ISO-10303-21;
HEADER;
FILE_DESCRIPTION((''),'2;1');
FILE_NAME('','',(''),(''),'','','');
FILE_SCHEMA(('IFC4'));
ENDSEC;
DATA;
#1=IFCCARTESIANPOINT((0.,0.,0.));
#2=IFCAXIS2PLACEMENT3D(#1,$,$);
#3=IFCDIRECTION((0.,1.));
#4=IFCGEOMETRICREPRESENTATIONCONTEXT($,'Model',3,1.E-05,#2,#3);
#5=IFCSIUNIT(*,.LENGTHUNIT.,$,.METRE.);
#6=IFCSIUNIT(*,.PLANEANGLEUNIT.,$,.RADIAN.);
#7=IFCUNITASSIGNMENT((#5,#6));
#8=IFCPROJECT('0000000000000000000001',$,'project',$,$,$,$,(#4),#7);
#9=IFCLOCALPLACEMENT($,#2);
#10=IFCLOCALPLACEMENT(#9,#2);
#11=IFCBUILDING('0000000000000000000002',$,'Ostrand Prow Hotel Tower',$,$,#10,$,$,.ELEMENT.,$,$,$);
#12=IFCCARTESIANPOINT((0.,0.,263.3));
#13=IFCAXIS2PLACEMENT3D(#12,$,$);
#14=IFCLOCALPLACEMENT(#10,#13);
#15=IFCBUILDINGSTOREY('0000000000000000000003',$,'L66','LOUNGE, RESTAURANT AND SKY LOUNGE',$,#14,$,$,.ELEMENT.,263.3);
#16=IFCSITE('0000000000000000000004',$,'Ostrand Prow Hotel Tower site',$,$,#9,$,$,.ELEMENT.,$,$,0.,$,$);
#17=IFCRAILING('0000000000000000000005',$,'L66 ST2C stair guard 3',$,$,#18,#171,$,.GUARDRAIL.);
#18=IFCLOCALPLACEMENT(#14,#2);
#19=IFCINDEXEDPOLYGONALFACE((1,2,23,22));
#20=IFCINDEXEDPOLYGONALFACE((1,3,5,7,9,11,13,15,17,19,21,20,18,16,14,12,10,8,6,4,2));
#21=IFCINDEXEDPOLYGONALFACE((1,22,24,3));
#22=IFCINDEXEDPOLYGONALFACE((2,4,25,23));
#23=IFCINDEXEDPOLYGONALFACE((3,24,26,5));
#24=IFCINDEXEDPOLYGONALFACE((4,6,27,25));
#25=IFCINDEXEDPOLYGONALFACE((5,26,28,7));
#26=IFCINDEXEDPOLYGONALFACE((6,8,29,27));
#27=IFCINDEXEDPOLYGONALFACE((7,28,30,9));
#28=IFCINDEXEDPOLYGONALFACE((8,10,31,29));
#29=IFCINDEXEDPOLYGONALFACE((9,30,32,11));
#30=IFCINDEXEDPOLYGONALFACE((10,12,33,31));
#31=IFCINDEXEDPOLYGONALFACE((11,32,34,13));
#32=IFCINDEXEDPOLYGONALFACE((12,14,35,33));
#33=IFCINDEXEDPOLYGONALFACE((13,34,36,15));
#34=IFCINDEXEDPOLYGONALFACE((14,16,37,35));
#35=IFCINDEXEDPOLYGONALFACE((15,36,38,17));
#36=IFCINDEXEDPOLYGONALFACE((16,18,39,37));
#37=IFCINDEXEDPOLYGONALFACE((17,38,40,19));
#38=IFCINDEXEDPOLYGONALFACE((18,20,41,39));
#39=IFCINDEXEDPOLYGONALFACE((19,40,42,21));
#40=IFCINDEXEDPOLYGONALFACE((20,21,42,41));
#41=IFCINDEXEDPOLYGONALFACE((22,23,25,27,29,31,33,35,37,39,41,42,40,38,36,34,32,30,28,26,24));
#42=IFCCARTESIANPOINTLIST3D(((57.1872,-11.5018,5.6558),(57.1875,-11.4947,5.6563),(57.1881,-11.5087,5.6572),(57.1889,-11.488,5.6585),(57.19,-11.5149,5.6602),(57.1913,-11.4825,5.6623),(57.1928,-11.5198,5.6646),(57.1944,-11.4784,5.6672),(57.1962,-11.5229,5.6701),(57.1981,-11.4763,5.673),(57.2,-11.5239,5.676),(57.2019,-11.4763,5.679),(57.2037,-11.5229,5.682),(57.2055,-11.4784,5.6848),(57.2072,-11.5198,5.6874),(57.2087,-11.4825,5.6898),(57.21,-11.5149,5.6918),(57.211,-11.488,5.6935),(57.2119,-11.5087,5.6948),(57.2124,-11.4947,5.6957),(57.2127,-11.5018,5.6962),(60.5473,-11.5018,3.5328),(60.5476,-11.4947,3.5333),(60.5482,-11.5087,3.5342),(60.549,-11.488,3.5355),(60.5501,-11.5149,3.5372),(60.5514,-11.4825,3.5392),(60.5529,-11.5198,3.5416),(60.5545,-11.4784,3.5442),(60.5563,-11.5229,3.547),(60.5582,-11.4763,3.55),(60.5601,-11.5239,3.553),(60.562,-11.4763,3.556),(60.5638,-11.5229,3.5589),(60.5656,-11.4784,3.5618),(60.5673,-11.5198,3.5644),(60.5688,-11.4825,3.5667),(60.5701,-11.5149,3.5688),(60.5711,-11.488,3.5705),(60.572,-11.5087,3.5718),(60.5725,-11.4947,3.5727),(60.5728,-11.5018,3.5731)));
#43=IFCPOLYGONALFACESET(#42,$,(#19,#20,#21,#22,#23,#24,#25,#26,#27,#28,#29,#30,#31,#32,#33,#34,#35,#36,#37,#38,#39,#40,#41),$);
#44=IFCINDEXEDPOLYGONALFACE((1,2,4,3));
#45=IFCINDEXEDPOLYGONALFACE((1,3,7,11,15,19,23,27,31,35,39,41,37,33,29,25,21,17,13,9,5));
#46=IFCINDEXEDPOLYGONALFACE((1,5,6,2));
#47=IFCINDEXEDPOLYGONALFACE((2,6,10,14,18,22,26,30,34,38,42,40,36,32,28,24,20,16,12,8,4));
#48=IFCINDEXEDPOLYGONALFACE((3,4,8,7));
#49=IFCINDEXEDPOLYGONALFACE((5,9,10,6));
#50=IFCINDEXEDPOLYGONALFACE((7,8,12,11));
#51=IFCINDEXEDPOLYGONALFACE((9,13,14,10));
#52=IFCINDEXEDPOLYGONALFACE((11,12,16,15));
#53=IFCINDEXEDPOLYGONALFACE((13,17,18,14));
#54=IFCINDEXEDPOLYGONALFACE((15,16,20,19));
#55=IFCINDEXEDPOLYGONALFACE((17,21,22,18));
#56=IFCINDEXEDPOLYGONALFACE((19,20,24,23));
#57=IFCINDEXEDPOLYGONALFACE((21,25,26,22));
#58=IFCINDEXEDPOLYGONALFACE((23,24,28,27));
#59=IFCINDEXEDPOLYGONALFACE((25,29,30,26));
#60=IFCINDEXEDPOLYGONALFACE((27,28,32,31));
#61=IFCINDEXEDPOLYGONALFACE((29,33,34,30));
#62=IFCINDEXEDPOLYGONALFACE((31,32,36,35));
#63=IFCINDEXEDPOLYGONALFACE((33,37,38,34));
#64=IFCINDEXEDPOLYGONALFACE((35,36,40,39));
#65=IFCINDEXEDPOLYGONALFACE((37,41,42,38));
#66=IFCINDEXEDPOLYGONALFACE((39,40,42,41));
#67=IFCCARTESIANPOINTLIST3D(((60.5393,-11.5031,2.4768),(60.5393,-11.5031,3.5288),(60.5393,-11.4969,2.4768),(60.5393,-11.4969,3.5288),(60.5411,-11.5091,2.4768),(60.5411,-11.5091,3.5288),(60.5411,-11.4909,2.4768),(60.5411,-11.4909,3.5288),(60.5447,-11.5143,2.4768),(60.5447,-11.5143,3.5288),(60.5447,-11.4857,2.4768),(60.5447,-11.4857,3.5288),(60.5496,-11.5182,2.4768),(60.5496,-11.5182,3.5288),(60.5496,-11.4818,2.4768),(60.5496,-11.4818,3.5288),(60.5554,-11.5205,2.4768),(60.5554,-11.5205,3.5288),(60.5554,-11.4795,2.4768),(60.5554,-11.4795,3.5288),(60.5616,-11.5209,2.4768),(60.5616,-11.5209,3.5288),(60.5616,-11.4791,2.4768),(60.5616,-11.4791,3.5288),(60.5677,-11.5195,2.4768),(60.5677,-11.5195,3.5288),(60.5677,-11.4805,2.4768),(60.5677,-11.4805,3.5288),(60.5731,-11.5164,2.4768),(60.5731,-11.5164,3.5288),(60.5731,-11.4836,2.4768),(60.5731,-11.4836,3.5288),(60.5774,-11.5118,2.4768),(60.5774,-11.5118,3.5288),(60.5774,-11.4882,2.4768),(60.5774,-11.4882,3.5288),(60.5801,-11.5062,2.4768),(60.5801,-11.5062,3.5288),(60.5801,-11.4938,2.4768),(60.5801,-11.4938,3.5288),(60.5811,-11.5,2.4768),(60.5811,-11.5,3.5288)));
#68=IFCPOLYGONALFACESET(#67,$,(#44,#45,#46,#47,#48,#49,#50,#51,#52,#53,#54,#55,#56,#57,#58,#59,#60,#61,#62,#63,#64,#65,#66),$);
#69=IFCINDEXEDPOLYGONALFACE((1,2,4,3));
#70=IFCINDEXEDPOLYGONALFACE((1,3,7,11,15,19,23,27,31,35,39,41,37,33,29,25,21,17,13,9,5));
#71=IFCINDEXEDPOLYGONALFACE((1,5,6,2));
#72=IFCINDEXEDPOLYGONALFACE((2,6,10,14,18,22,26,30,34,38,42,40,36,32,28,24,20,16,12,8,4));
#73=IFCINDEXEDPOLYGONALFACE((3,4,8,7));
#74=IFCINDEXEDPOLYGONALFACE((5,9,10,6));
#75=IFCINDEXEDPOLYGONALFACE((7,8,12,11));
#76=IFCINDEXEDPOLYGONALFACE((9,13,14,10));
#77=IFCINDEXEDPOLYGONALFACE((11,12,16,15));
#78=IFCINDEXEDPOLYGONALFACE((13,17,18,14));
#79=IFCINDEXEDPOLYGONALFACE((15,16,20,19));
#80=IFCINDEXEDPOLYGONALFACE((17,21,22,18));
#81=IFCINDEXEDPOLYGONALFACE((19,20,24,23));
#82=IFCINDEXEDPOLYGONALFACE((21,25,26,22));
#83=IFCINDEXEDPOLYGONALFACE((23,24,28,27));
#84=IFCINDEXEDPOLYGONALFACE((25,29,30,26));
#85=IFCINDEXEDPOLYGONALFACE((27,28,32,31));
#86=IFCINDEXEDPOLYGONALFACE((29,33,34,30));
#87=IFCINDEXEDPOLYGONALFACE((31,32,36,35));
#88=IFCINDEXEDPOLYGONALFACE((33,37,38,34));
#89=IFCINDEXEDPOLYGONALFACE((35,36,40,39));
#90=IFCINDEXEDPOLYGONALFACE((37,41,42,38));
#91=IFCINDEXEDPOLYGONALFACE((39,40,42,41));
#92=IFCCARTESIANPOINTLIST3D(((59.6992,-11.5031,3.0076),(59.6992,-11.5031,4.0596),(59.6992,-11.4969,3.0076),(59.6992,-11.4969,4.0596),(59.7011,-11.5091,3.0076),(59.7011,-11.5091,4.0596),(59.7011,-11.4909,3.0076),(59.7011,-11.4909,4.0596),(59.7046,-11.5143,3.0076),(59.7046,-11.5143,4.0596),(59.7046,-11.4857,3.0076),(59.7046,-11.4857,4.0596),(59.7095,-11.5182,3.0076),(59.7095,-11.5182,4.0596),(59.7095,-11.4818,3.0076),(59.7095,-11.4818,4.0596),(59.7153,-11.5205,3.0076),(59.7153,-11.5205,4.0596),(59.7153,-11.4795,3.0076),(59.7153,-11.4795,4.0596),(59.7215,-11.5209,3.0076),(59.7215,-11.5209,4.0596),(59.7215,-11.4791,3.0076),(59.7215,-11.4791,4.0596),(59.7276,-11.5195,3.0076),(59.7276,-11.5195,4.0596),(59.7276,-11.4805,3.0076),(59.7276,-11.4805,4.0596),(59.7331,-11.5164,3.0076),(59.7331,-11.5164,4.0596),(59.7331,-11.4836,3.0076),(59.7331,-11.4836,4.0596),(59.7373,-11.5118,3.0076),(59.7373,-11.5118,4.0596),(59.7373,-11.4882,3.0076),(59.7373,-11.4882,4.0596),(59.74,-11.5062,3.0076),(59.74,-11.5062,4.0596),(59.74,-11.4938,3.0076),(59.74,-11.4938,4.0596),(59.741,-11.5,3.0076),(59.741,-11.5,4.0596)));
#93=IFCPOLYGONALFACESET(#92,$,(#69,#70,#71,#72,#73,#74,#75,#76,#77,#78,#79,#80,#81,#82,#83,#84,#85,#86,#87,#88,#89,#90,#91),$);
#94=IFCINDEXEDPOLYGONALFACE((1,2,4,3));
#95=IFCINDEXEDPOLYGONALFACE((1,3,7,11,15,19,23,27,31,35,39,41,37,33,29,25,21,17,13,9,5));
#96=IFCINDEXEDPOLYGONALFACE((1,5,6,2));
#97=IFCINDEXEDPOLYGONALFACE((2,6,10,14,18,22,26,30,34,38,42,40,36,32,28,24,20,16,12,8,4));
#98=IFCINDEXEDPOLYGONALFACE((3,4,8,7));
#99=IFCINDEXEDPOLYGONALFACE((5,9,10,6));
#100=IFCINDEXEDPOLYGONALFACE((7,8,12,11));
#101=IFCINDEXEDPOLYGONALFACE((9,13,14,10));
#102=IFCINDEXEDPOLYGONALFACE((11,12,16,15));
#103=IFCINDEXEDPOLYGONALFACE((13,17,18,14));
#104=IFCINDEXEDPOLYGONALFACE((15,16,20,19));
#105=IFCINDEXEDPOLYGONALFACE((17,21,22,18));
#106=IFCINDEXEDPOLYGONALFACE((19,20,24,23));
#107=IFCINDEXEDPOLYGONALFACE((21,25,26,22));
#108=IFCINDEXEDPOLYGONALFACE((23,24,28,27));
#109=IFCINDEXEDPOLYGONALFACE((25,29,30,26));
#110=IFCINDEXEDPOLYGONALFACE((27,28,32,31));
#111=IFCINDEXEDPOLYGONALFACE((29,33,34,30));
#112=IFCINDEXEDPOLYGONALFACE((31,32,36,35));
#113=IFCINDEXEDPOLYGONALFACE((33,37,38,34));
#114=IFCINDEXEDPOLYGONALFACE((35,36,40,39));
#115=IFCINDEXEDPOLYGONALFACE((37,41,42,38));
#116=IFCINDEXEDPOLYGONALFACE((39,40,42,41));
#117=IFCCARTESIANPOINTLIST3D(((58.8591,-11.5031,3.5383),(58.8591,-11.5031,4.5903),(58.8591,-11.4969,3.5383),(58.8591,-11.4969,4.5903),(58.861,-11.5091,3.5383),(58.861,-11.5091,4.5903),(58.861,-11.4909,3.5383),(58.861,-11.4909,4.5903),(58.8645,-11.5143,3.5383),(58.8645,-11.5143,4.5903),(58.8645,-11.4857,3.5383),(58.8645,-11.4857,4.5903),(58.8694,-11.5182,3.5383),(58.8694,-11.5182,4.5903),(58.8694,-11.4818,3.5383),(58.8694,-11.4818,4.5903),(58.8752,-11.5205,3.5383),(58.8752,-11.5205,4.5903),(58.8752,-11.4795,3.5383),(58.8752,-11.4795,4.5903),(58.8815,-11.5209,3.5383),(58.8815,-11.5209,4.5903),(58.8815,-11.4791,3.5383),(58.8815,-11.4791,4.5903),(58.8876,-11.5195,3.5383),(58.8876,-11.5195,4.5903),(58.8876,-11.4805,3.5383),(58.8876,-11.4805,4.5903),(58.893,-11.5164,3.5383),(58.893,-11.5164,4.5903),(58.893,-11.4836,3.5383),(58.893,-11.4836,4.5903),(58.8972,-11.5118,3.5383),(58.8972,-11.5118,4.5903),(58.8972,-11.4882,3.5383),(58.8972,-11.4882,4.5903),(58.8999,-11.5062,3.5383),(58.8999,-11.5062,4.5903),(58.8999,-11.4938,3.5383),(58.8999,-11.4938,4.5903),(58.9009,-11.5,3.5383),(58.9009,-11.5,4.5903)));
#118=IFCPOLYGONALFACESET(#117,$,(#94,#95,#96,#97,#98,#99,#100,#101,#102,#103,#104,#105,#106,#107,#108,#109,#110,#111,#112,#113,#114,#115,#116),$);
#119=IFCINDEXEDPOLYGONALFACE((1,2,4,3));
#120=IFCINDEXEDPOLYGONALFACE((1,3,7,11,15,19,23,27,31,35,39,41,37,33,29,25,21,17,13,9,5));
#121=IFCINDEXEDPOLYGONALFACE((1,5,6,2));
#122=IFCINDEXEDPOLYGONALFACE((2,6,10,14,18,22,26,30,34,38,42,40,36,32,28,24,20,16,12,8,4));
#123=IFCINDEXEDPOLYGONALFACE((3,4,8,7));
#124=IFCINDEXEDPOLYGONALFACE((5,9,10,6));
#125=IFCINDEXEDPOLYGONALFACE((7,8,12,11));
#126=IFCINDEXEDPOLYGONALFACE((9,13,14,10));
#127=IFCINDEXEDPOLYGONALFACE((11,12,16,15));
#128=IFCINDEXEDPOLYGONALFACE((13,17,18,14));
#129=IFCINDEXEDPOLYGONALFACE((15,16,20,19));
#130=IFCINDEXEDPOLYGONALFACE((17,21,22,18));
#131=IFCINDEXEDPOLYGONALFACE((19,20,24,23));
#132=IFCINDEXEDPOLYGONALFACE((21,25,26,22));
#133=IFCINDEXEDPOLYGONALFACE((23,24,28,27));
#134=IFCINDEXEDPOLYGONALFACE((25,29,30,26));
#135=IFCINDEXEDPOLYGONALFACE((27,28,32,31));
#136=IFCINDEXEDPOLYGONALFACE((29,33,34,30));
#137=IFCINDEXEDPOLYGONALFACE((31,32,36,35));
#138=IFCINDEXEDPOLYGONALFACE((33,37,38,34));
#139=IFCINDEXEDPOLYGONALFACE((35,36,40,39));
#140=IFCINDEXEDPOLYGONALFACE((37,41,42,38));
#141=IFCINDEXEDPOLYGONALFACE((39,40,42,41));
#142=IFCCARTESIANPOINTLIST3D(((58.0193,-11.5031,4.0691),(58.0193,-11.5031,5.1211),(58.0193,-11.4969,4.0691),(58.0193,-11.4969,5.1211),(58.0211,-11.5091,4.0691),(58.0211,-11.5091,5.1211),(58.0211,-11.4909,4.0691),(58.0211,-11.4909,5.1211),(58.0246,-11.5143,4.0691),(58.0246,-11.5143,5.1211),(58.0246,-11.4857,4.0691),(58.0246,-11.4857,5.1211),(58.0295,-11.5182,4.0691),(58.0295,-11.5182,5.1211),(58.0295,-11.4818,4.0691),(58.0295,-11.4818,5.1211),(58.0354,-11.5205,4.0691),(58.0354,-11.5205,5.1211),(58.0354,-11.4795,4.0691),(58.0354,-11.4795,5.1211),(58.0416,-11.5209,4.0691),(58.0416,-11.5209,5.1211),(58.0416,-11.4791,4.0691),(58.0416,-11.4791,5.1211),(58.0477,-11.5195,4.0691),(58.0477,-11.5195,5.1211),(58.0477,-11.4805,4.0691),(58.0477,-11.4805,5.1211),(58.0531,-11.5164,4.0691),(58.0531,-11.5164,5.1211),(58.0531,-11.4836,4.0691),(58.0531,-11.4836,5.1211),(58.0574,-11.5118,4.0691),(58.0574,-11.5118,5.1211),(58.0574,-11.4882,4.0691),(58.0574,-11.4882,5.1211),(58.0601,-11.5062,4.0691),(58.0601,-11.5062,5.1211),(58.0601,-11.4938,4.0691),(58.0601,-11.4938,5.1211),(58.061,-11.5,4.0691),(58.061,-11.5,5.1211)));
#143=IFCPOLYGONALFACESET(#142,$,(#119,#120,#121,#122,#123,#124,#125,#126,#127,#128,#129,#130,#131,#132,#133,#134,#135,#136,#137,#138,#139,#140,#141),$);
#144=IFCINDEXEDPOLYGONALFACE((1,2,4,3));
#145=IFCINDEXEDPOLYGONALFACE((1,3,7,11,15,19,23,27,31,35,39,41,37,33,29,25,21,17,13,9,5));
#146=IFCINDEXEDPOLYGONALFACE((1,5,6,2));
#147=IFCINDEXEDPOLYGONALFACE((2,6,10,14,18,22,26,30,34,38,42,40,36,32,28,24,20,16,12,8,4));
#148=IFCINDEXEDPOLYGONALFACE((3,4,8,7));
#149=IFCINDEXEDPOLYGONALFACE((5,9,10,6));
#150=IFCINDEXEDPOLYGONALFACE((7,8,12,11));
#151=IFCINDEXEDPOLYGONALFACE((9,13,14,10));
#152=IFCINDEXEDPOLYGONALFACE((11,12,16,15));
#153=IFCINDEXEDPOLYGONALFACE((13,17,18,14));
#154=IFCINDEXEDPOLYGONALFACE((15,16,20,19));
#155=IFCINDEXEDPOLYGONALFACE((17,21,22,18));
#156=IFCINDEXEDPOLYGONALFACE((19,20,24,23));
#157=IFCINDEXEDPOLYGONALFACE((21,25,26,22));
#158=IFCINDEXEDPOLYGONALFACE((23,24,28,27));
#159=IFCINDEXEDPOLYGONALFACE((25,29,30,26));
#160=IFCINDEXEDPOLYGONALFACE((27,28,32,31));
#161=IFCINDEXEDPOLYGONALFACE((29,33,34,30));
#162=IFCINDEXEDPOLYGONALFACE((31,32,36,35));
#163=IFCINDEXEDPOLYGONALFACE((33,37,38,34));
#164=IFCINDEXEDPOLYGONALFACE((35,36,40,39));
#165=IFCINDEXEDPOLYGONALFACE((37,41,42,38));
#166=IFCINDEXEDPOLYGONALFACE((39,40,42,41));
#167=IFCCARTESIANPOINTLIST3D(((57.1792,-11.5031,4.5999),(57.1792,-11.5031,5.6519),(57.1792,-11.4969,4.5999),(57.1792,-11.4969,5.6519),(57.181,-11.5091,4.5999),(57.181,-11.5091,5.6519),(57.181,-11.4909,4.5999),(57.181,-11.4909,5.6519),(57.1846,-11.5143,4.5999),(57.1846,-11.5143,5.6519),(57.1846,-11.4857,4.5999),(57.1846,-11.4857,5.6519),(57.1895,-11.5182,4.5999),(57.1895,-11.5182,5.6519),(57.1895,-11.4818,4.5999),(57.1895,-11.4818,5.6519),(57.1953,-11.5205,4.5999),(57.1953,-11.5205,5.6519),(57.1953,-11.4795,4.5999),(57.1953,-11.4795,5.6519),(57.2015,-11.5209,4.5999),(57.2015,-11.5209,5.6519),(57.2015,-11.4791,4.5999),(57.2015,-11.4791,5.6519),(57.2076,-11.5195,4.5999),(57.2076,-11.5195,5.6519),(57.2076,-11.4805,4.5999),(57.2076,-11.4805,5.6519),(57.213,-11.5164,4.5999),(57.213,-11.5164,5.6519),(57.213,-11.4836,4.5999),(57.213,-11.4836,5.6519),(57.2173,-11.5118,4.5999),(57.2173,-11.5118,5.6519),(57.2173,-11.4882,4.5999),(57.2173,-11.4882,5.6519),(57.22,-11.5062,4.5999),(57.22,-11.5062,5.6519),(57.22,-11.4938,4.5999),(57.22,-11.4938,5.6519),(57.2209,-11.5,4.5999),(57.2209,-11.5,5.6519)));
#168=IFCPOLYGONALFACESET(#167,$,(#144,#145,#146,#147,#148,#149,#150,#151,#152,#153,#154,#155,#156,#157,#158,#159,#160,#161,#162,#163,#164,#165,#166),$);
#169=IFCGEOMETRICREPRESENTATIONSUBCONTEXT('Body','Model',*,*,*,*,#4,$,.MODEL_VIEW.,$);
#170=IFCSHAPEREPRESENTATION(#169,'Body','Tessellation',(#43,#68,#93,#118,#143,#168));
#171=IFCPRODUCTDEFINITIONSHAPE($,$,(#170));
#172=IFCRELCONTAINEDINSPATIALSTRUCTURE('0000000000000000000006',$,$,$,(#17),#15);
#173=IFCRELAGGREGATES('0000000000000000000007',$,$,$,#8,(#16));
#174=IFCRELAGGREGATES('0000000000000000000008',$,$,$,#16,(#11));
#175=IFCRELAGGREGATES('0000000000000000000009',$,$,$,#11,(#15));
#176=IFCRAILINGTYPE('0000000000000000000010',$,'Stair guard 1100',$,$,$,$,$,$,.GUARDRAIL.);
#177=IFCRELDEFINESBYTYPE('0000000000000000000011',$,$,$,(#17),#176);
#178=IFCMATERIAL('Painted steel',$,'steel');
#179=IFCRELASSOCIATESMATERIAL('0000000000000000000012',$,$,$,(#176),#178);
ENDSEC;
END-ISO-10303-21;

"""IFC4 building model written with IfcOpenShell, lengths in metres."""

from ifc_helpers import new_model, si_unit, direction, frame, origin, origin_2d, place, context, subcontext, project, spatial, circle, extrude, material, type_object, element, save


model = new_model("IFC4")

# Units and contexts
model_context = context("Model", 3, precision=1e-05, world=origin(), true_north=direction((0.0, 1.0)))
body_context = subcontext(model_context, "Body", "Model", "MODEL_VIEW")
ifc_project = project(units=[si_unit("LENGTHUNIT", "METRE"), si_unit("PLANEANGLEUNIT", "RADIAN")], contexts=[model_context])

# Site, building, storey
site_placement = place(None, origin())
site = spatial("IfcSite", under=ifc_project, at=site_placement, Name="Ostrand Prow Hotel Tower site", CompositionType="ELEMENT", RefElevation=0.0)
building_placement = place(site_placement, origin())
building = spatial("IfcBuilding", under=site, at=building_placement, Name="Ostrand Prow Hotel Tower", CompositionType="ELEMENT")
storey_placement = place(building_placement, frame((0.0, 0.0, 263.3)))
storey = spatial("IfcBuildingStorey", under=building, at=storey_placement, Name="L66", Description="LOUNGE, RESTAURANT AND SKY LOUNGE", CompositionType="ELEMENT", Elevation=263.3)

# Railing
ifc_material_1 = material(Name="Painted steel", Category="steel")
railing_type_1 = type_object("IfcRailingType", Name="Stair guard 1100", PredefinedType="GUARDRAIL", material=ifc_material_1)
railing_1_placement = place(storey_placement, frame((60.5601, -11.5, 2.4768)))
element("IfcRailing", 1, at=railing_1_placement, inside=storey, type_object=railing_type_1, Name="L66 ST2C stair guard 3", PredefinedType="GUARDRAIL", context=body_context, shape_type="SweptSolid", body=[
    extrude(circle(Radius=0.0239, at=origin_2d()), frame((0.0, 0.0, 1.0762), z_axis=(-0.84539, 0.0, 0.53415), x_axis=(0.0, -1.0, 0.0)), (0.0, 0.0, 1.0), 3.9746),
    extrude(circle(Radius=0.021, at=origin_2d()), origin(), (0.0, 0.0, 1.0), 1.052),
    extrude(circle(Radius=0.021, at=origin_2d()), frame((-0.8401, 0.0, 0.5308)), (0.0, 0.0, 1.0), 1.052),
    extrude(circle(Radius=0.021, at=origin_2d()), frame((-1.6802, 0.0, 1.0615)), (0.0, 0.0, 1.0), 1.052),
    extrude(circle(Radius=0.021, at=origin_2d()), frame((-2.52, 0.0, 1.5923)), (0.0, 0.0, 1.0), 1.052),
    extrude(circle(Radius=0.021, at=origin_2d()), frame((-3.3601, 0.0, 2.123)), (0.0, 0.0, 1.0), 1.052),
])

save(model, "model.ifc")
